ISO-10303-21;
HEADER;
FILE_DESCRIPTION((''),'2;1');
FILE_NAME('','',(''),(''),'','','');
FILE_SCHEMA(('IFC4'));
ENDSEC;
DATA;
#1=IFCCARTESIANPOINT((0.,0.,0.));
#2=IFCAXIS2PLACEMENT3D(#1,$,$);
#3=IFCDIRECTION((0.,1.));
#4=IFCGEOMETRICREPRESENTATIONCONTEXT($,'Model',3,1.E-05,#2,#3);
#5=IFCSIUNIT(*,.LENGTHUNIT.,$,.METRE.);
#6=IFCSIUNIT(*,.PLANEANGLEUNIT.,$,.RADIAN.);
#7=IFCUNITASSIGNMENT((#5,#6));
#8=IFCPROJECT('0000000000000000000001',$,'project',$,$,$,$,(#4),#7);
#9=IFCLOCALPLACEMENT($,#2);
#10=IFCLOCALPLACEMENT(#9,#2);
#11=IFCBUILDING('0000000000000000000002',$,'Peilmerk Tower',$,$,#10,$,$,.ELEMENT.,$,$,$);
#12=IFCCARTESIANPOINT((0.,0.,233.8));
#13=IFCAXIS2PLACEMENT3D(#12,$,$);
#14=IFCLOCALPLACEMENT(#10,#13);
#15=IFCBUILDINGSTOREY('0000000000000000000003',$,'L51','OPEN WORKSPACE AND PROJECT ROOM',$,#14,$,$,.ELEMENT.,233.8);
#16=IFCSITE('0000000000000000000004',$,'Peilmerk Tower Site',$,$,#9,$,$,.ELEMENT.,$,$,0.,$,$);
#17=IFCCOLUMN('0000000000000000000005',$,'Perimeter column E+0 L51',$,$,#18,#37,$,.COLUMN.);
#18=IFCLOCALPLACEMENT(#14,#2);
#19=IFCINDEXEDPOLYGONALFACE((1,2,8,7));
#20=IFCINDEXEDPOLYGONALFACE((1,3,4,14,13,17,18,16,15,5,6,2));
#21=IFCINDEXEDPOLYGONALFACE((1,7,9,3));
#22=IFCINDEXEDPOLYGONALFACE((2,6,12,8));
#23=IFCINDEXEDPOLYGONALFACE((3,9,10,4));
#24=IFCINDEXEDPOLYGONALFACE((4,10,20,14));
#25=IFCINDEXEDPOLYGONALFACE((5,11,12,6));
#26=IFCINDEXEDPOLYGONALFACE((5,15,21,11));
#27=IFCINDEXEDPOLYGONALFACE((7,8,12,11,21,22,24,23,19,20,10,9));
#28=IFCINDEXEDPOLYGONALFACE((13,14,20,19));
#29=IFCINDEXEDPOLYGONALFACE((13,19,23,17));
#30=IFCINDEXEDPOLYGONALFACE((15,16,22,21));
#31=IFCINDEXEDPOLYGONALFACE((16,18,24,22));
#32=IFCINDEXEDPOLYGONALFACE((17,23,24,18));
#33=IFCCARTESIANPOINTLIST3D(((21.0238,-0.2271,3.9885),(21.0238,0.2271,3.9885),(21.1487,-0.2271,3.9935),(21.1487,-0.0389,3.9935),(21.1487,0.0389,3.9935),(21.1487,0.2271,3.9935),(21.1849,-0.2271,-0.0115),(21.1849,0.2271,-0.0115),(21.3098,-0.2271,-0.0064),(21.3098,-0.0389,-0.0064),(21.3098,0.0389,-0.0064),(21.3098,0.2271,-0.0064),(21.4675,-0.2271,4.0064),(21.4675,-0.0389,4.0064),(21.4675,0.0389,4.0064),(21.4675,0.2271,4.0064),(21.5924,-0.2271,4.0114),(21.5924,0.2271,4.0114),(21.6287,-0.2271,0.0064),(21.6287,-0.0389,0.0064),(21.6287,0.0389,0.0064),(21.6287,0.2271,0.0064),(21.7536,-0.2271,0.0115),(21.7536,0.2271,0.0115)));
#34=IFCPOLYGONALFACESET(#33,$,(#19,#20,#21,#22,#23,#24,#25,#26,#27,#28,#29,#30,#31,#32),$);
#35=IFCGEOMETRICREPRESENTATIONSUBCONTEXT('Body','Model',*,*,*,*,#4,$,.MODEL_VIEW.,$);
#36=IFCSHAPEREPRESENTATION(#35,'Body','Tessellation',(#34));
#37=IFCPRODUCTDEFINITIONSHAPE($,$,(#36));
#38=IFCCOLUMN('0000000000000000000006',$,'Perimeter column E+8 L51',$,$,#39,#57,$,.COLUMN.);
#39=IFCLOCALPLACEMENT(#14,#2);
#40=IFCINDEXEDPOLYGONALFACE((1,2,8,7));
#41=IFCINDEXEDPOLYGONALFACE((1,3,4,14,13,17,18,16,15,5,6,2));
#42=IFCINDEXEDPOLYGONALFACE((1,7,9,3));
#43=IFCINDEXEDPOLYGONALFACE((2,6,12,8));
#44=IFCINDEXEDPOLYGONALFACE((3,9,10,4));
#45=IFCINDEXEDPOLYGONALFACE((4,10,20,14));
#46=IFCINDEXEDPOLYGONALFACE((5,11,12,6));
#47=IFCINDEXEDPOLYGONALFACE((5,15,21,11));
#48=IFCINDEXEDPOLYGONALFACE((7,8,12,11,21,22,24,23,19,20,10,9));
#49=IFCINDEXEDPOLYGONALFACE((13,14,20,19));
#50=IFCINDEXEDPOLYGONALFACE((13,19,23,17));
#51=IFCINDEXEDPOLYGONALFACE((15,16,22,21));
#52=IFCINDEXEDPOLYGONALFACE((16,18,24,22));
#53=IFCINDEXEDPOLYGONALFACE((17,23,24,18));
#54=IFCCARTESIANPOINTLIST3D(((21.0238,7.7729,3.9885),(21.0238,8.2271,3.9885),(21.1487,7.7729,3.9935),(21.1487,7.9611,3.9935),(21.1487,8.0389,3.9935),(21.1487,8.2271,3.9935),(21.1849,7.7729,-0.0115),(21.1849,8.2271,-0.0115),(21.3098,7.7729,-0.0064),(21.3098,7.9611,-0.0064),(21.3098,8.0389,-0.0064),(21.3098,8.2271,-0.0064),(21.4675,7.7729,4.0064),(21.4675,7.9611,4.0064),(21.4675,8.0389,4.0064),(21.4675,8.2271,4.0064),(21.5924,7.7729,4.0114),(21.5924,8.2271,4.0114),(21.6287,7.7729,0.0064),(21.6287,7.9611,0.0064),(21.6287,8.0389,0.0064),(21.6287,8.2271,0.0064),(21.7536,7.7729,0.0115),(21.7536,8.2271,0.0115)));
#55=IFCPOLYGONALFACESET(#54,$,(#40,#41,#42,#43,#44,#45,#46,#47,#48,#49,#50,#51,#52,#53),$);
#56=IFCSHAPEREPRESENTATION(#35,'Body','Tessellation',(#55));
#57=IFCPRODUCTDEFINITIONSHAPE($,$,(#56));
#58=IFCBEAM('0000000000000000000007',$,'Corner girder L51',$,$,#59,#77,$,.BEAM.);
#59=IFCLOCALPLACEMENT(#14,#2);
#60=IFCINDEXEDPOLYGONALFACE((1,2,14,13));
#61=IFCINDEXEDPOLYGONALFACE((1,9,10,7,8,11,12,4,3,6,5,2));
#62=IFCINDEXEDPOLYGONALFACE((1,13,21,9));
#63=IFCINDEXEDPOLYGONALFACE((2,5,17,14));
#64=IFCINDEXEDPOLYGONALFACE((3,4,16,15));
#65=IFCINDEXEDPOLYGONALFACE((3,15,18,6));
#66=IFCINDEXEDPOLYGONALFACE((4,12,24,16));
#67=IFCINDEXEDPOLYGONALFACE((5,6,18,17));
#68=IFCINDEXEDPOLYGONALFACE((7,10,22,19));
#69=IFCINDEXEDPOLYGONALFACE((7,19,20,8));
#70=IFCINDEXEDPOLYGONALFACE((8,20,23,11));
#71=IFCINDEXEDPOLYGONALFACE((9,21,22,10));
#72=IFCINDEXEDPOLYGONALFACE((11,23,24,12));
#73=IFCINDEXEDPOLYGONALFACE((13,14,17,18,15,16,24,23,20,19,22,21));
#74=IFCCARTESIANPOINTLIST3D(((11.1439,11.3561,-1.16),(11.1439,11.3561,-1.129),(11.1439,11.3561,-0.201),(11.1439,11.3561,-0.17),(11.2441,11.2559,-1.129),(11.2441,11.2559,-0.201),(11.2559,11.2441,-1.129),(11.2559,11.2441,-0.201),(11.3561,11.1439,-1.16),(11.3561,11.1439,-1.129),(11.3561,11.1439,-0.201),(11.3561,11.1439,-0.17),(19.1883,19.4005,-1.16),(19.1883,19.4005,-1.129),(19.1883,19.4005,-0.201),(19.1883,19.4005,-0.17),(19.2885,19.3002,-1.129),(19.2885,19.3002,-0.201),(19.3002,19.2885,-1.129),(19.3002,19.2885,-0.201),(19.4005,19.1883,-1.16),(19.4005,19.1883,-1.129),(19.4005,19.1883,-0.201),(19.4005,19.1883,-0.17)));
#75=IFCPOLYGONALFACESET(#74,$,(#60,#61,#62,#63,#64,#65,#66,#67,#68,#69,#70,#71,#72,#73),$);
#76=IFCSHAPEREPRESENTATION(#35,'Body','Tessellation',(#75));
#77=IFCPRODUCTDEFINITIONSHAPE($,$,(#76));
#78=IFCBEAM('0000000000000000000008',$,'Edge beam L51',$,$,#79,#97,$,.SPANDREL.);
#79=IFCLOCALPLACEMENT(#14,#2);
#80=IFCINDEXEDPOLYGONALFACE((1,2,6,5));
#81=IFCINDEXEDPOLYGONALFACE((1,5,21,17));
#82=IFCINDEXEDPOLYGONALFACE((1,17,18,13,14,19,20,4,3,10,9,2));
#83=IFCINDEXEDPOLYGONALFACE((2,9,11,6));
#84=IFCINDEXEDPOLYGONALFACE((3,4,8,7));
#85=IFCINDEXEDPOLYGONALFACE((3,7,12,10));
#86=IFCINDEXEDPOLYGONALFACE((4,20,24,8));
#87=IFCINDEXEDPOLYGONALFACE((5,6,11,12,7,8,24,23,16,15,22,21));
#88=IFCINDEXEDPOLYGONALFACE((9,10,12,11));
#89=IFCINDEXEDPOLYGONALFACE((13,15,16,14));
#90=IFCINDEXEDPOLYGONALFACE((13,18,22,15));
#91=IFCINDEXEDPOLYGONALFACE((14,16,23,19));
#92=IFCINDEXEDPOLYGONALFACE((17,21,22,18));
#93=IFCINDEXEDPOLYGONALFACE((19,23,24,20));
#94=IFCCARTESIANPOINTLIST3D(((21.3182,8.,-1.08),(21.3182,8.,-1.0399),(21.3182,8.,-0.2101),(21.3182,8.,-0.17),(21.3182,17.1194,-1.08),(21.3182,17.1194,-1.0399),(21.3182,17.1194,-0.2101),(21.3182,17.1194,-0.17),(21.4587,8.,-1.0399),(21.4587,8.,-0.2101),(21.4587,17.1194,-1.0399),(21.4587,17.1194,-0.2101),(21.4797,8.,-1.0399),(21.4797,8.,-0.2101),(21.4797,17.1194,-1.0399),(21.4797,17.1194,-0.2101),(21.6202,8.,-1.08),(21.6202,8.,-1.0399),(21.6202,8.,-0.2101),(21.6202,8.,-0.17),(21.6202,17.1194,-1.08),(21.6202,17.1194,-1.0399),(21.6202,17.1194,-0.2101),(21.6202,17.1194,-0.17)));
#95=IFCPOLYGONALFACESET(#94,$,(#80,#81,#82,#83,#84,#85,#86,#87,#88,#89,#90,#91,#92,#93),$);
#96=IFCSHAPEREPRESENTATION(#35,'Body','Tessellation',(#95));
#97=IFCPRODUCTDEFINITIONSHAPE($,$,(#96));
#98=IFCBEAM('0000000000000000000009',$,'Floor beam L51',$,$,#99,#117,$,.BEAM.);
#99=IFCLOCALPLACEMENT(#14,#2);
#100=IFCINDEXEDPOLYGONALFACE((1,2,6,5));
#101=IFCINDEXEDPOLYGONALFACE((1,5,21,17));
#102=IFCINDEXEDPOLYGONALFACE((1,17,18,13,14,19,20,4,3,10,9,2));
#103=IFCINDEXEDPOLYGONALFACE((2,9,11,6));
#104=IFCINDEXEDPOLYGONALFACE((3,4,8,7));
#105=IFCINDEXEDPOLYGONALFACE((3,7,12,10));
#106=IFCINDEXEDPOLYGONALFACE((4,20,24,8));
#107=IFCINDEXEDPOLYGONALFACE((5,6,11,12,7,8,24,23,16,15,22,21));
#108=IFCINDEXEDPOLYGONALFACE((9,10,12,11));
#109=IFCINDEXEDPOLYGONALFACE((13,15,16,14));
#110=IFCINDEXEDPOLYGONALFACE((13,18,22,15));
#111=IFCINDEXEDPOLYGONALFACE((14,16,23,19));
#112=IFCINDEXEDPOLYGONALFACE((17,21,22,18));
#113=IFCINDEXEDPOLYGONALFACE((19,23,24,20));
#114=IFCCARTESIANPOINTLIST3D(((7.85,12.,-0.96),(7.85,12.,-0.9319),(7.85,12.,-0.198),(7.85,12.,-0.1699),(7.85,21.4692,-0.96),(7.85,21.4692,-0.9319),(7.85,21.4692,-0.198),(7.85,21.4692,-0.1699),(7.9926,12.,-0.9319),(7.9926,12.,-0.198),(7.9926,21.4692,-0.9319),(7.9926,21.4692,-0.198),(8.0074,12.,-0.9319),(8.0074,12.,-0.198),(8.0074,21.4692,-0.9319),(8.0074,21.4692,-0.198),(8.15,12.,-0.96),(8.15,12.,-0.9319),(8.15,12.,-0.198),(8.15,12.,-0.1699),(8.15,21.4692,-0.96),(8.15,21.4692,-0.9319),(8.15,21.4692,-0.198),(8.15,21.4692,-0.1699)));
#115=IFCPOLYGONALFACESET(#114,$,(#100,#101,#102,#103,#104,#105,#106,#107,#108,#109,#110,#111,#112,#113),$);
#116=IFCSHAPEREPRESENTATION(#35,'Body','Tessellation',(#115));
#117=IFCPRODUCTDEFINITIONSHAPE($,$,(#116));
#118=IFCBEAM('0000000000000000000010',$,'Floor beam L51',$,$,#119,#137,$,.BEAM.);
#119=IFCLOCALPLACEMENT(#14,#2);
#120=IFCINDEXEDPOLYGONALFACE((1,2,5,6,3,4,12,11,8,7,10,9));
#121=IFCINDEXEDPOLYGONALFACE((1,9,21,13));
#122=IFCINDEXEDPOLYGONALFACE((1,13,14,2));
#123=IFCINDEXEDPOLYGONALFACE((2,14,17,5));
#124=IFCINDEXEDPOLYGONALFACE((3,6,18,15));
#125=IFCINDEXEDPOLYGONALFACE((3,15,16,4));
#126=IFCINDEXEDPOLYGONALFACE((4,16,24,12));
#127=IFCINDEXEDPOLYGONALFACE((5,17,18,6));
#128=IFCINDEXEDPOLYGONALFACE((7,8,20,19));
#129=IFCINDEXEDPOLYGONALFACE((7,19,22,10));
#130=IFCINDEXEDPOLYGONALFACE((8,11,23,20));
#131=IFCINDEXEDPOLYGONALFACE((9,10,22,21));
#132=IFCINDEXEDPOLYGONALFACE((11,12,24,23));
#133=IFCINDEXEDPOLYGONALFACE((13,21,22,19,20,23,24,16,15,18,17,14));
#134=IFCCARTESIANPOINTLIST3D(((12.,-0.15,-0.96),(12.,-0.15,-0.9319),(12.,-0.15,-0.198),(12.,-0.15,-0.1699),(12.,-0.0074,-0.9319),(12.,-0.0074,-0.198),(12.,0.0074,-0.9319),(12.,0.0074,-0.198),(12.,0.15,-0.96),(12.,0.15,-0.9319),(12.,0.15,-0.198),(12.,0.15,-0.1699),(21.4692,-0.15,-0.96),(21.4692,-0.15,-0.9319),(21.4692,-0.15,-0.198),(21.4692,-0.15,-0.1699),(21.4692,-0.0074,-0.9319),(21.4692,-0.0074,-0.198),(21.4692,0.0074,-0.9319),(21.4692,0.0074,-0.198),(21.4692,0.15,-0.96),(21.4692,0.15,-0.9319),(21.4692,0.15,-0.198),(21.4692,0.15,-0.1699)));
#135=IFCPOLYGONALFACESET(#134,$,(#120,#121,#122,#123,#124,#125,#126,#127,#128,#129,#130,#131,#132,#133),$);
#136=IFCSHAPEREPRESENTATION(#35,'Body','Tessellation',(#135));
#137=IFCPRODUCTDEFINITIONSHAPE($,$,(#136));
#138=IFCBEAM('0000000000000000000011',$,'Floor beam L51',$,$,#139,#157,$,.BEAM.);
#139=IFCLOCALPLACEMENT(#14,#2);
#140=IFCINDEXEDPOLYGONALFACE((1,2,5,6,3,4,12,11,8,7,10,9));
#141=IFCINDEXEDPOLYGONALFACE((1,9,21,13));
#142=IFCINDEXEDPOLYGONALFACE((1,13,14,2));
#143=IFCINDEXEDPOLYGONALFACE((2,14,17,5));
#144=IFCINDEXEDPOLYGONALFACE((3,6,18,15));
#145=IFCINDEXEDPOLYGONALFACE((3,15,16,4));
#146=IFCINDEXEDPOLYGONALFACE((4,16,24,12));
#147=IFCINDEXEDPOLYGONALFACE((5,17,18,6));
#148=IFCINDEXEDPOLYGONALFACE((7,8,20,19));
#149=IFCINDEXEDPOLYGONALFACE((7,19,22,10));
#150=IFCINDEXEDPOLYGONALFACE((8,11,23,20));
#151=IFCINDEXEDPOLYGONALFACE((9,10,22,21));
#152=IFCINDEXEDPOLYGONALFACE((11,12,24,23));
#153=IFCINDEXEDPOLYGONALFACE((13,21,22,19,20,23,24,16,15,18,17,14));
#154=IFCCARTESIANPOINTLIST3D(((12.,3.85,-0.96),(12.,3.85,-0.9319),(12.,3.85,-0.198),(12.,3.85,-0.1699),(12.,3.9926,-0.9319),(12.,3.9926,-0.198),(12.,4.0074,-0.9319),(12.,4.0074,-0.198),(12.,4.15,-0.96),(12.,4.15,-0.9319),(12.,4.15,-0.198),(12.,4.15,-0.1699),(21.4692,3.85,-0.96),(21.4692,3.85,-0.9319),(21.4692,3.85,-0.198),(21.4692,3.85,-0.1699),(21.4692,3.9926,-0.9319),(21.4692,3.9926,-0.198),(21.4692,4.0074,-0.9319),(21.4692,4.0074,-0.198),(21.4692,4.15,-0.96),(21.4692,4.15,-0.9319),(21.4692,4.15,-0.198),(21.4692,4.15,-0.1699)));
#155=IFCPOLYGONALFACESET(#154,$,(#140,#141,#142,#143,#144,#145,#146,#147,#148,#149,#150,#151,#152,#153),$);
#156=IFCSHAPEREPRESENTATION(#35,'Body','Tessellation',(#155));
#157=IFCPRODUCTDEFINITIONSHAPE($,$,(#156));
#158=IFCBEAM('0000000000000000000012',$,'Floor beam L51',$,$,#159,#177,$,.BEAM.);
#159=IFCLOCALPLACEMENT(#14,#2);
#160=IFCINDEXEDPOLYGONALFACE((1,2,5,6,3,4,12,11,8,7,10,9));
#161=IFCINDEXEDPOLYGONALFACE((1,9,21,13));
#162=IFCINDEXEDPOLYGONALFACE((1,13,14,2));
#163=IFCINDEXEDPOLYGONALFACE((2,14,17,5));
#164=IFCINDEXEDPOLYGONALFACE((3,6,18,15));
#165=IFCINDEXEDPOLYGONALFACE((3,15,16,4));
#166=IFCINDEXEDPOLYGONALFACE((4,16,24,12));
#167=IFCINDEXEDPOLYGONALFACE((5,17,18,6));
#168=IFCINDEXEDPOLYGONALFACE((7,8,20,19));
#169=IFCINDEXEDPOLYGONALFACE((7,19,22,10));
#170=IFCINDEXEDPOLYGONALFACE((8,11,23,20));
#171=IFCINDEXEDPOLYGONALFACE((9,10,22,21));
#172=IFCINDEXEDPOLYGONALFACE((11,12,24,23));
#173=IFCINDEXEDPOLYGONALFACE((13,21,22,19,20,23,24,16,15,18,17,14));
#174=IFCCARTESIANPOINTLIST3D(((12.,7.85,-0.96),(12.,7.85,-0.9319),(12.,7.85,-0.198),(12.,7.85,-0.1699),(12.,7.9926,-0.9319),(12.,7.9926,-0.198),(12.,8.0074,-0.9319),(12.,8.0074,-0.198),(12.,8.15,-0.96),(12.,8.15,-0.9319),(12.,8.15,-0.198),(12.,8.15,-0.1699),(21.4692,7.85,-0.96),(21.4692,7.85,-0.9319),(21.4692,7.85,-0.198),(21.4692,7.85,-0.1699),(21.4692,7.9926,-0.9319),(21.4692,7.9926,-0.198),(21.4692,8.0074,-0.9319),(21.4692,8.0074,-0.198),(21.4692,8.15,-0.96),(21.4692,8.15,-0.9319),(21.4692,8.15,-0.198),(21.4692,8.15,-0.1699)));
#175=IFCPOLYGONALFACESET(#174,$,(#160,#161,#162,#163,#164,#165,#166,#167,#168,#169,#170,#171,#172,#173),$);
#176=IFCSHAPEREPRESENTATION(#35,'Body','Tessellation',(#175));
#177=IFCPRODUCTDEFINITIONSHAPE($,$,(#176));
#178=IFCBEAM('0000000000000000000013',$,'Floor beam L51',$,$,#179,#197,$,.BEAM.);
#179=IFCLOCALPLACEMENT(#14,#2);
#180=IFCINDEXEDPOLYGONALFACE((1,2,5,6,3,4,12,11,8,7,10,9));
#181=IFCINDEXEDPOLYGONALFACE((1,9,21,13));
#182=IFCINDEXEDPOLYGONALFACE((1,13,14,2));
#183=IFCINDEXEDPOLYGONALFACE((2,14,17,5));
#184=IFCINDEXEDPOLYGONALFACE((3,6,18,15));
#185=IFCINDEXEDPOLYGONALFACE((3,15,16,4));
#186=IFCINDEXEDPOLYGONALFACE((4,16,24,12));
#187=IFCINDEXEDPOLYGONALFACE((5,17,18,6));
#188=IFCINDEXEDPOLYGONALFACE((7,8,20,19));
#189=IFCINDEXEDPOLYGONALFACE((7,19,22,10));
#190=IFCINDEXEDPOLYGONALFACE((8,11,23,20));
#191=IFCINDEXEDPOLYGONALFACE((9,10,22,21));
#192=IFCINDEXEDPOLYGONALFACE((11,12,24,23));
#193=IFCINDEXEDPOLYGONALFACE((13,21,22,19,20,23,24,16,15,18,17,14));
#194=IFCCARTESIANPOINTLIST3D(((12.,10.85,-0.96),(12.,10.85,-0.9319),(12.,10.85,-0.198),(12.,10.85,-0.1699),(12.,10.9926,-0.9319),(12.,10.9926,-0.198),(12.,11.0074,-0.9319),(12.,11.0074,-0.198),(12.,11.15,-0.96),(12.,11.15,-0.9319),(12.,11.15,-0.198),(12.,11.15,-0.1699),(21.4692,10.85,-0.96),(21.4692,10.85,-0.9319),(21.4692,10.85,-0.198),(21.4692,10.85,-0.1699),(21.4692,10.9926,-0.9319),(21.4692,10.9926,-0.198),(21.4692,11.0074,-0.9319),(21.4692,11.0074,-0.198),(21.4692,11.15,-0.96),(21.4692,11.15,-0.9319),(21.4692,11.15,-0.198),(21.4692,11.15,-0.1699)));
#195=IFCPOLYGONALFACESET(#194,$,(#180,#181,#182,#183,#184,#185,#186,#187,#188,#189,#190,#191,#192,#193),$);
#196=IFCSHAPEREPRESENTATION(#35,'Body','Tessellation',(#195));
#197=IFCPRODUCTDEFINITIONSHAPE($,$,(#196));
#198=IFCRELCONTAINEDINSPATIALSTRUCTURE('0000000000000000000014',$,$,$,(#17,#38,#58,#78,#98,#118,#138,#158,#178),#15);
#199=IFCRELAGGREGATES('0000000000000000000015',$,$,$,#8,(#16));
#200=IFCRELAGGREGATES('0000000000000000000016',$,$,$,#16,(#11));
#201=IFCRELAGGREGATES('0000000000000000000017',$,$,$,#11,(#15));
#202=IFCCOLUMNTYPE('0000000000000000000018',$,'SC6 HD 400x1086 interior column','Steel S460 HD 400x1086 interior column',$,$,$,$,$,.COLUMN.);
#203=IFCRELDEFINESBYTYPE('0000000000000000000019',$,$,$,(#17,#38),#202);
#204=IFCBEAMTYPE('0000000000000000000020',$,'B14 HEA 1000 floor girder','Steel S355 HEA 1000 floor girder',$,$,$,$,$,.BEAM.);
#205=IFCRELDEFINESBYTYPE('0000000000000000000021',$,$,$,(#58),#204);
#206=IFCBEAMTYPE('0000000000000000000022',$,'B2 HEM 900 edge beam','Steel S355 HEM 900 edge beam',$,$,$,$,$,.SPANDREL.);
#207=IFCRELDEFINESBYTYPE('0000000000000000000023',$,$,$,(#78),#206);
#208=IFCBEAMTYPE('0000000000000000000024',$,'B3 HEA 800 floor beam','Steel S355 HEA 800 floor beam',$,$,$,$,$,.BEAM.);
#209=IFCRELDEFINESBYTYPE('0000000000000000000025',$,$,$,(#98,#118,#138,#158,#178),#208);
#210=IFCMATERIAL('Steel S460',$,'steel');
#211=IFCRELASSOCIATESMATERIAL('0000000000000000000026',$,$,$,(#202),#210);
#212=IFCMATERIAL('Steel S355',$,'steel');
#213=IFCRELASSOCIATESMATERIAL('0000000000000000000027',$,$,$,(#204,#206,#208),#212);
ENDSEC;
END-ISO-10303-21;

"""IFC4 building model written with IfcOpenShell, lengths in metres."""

from ifc_helpers import new_model, si_unit, direction, frame, origin, origin_2d, place, context, subcontext, project, spatial, i_section, extrude, material, material_profile, profile_set, type_object, element, save


model = new_model("IFC4")

# Units and contexts
model_context = context("Model", 3, precision=1e-05, world=origin(), true_north=direction((0.0, 1.0)))
body_context = subcontext(model_context, "Body", "Model", "MODEL_VIEW")
ifc_project = project(units=[si_unit("LENGTHUNIT", "METRE"), si_unit("PLANEANGLEUNIT", "RADIAN")], contexts=[model_context])

# Site, building, storey
site_placement = place(None, origin())
site = spatial("IfcSite", under=ifc_project, at=site_placement, Name="Peilmerk Tower Site", CompositionType="ELEMENT", RefElevation=0.0)
building_placement = place(site_placement, origin())
building = spatial("IfcBuilding", under=site, at=building_placement, Name="Peilmerk Tower", CompositionType="ELEMENT")
storey_placement = place(building_placement, frame((0.0, 0.0, 233.8)))
storey = spatial("IfcBuildingStorey", under=building, at=storey_placement, Name="L51", Description="OPEN WORKSPACE AND PROJECT ROOM", CompositionType="ELEMENT", Elevation=233.8)

# Columns
ifc_material_1 = material(Name="Steel S460", Category="steel")
ifc_material_profile_1 = material_profile(ifc_material_1, i_section(OverallWidth=0.4541, OverallDepth=0.5691, WebThickness=0.0779, FlangeThickness=0.125, at=origin_2d()), Name="HD 400x1086")
ifc_profile_set_1 = profile_set([ifc_material_profile_1], Name="Steel S460")
column_type = type_object("IfcColumnType", Name="SC6 HD 400x1086 interior column", Description="Steel S460 HD 400x1086 interior column", PredefinedType="COLUMN", material=ifc_profile_set_1)
for number, where, z_axis, x_axis, name in (
    (1, (21.4692, 0.0, 0.0), (-0.040251, 0.0, 0.99919), (0.0, -1.0, 0.0), "Perimeter column E+0 L51"),
    (2, (21.4692, 8.0, 0.0), (-0.040251, 0.0, 0.99919), (0.0, -1.0, 0.0), "Perimeter column E+8 L51"),
):
    element("IfcColumn", number, at=place(storey_placement, frame(where, z_axis=z_axis, x_axis=x_axis)), inside=storey, type_object=column_type, Name=name, PredefinedType="COLUMN", context=body_context, shape_type="SweptSolid", body=[
        extrude(i_section(OverallWidth=0.4541, OverallDepth=0.5691, WebThickness=0.0779, FlangeThickness=0.125, at=origin_2d()), origin(), (0.0, 0.0, 1.0), 4.0032),
    ])

# Beams
ifc_material_2 = material(Name="Steel S355", Category="steel")
ifc_material_profile_2 = material_profile(ifc_material_2, i_section(OverallWidth=0.3, OverallDepth=0.99, WebThickness=0.0166, FlangeThickness=0.031, at=origin_2d()), Name="HEA 1000")
ifc_profile_set_2 = profile_set([ifc_material_profile_2], Name="Steel S355")
beam_type_1 = type_object("IfcBeamType", Name="B14 HEA 1000 floor girder", Description="Steel S355 HEA 1000 floor girder", PredefinedType="BEAM", material=ifc_profile_set_2)
beam_1_placement = place(storey_placement, frame((11.25, 11.25, -0.665), z_axis=(0.707107, 0.707107, 0.0), x_axis=(-0.707107, 0.707107, 0.0)))
element("IfcBeam", 3, at=beam_1_placement, inside=storey, type_object=beam_type_1, Name="Corner girder L51", PredefinedType="BEAM", context=body_context, shape_type="SweptSolid", body=[
    extrude(i_section(OverallWidth=0.3, OverallDepth=0.99, WebThickness=0.0166, FlangeThickness=0.031, at=origin_2d()), origin(), (0.0, 0.0, 1.0), 11.3765),
])
ifc_material_profile_3 = material_profile(ifc_material_2, i_section(OverallWidth=0.302, OverallDepth=0.9099, WebThickness=0.021, FlangeThickness=0.04, at=origin_2d()), Name="HEM 900")
ifc_profile_set_3 = profile_set([ifc_material_profile_3], Name="Steel S355")
beam_type_2 = type_object("IfcBeamType", Name="B2 HEM 900 edge beam", Description="Steel S355 HEM 900 edge beam", PredefinedType="SPANDREL", material=ifc_profile_set_3)
beam_2_placement = place(storey_placement, frame((21.4692, 8.0, -0.625), z_axis=(0.0, 1.0, 0.0), x_axis=(-1.0, 0.0, 0.0)))
element("IfcBeam", 4, at=beam_2_placement, inside=storey, type_object=beam_type_2, Name="Edge beam L51", PredefinedType="SPANDREL", context=body_context, shape_type="SweptSolid", body=[
    extrude(i_section(OverallWidth=0.302, OverallDepth=0.9099, WebThickness=0.021, FlangeThickness=0.04, at=origin_2d()), origin(), (0.0, 0.0, 1.0), 9.1194),
])
ifc_material_profile_4 = material_profile(ifc_material_2, i_section(OverallWidth=0.3, OverallDepth=0.79, WebThickness=0.0149, FlangeThickness=0.0281, at=origin_2d()), Name="HEA 800")
ifc_profile_set_4 = profile_set([ifc_material_profile_4], Name="Steel S355")
beam_type_3 = type_object("IfcBeamType", Name="B3 HEA 800 floor beam", Description="Steel S355 HEA 800 floor beam", PredefinedType="BEAM", material=ifc_profile_set_4)
for number, where, z_axis, x_axis, name in (
    (5, (8.0, 12.0, -0.5649), (0.0, 1.0, 0.0), (-1.0, 0.0, 0.0), "Floor beam L51"),
    (6, (12.0, 0.0, -0.5649), (1.0, 0.0, 0.0), (0.0, 1.0, 0.0), "Floor beam L51"),
    (7, (12.0, 4.0, -0.5649), (1.0, 0.0, 0.0), (0.0, 1.0, 0.0), "Floor beam L51"),
    (8, (12.0, 8.0, -0.5649), (1.0, 0.0, 0.0), (0.0, 1.0, 0.0), "Floor beam L51"),
    (9, (12.0, 11.0, -0.5649), (1.0, 0.0, 0.0), (0.0, 1.0, 0.0), "Floor beam L51"),
):
    element("IfcBeam", number, at=place(storey_placement, frame(where, z_axis=z_axis, x_axis=x_axis)), inside=storey, type_object=beam_type_3, Name=name, PredefinedType="BEAM", context=body_context, shape_type="SweptSolid", body=[
        extrude(i_section(OverallWidth=0.3, OverallDepth=0.79, WebThickness=0.0149, FlangeThickness=0.0281, at=origin_2d()), origin(), (0.0, 0.0, 1.0), 9.4692),
    ])

save(model, "model.ifc")
